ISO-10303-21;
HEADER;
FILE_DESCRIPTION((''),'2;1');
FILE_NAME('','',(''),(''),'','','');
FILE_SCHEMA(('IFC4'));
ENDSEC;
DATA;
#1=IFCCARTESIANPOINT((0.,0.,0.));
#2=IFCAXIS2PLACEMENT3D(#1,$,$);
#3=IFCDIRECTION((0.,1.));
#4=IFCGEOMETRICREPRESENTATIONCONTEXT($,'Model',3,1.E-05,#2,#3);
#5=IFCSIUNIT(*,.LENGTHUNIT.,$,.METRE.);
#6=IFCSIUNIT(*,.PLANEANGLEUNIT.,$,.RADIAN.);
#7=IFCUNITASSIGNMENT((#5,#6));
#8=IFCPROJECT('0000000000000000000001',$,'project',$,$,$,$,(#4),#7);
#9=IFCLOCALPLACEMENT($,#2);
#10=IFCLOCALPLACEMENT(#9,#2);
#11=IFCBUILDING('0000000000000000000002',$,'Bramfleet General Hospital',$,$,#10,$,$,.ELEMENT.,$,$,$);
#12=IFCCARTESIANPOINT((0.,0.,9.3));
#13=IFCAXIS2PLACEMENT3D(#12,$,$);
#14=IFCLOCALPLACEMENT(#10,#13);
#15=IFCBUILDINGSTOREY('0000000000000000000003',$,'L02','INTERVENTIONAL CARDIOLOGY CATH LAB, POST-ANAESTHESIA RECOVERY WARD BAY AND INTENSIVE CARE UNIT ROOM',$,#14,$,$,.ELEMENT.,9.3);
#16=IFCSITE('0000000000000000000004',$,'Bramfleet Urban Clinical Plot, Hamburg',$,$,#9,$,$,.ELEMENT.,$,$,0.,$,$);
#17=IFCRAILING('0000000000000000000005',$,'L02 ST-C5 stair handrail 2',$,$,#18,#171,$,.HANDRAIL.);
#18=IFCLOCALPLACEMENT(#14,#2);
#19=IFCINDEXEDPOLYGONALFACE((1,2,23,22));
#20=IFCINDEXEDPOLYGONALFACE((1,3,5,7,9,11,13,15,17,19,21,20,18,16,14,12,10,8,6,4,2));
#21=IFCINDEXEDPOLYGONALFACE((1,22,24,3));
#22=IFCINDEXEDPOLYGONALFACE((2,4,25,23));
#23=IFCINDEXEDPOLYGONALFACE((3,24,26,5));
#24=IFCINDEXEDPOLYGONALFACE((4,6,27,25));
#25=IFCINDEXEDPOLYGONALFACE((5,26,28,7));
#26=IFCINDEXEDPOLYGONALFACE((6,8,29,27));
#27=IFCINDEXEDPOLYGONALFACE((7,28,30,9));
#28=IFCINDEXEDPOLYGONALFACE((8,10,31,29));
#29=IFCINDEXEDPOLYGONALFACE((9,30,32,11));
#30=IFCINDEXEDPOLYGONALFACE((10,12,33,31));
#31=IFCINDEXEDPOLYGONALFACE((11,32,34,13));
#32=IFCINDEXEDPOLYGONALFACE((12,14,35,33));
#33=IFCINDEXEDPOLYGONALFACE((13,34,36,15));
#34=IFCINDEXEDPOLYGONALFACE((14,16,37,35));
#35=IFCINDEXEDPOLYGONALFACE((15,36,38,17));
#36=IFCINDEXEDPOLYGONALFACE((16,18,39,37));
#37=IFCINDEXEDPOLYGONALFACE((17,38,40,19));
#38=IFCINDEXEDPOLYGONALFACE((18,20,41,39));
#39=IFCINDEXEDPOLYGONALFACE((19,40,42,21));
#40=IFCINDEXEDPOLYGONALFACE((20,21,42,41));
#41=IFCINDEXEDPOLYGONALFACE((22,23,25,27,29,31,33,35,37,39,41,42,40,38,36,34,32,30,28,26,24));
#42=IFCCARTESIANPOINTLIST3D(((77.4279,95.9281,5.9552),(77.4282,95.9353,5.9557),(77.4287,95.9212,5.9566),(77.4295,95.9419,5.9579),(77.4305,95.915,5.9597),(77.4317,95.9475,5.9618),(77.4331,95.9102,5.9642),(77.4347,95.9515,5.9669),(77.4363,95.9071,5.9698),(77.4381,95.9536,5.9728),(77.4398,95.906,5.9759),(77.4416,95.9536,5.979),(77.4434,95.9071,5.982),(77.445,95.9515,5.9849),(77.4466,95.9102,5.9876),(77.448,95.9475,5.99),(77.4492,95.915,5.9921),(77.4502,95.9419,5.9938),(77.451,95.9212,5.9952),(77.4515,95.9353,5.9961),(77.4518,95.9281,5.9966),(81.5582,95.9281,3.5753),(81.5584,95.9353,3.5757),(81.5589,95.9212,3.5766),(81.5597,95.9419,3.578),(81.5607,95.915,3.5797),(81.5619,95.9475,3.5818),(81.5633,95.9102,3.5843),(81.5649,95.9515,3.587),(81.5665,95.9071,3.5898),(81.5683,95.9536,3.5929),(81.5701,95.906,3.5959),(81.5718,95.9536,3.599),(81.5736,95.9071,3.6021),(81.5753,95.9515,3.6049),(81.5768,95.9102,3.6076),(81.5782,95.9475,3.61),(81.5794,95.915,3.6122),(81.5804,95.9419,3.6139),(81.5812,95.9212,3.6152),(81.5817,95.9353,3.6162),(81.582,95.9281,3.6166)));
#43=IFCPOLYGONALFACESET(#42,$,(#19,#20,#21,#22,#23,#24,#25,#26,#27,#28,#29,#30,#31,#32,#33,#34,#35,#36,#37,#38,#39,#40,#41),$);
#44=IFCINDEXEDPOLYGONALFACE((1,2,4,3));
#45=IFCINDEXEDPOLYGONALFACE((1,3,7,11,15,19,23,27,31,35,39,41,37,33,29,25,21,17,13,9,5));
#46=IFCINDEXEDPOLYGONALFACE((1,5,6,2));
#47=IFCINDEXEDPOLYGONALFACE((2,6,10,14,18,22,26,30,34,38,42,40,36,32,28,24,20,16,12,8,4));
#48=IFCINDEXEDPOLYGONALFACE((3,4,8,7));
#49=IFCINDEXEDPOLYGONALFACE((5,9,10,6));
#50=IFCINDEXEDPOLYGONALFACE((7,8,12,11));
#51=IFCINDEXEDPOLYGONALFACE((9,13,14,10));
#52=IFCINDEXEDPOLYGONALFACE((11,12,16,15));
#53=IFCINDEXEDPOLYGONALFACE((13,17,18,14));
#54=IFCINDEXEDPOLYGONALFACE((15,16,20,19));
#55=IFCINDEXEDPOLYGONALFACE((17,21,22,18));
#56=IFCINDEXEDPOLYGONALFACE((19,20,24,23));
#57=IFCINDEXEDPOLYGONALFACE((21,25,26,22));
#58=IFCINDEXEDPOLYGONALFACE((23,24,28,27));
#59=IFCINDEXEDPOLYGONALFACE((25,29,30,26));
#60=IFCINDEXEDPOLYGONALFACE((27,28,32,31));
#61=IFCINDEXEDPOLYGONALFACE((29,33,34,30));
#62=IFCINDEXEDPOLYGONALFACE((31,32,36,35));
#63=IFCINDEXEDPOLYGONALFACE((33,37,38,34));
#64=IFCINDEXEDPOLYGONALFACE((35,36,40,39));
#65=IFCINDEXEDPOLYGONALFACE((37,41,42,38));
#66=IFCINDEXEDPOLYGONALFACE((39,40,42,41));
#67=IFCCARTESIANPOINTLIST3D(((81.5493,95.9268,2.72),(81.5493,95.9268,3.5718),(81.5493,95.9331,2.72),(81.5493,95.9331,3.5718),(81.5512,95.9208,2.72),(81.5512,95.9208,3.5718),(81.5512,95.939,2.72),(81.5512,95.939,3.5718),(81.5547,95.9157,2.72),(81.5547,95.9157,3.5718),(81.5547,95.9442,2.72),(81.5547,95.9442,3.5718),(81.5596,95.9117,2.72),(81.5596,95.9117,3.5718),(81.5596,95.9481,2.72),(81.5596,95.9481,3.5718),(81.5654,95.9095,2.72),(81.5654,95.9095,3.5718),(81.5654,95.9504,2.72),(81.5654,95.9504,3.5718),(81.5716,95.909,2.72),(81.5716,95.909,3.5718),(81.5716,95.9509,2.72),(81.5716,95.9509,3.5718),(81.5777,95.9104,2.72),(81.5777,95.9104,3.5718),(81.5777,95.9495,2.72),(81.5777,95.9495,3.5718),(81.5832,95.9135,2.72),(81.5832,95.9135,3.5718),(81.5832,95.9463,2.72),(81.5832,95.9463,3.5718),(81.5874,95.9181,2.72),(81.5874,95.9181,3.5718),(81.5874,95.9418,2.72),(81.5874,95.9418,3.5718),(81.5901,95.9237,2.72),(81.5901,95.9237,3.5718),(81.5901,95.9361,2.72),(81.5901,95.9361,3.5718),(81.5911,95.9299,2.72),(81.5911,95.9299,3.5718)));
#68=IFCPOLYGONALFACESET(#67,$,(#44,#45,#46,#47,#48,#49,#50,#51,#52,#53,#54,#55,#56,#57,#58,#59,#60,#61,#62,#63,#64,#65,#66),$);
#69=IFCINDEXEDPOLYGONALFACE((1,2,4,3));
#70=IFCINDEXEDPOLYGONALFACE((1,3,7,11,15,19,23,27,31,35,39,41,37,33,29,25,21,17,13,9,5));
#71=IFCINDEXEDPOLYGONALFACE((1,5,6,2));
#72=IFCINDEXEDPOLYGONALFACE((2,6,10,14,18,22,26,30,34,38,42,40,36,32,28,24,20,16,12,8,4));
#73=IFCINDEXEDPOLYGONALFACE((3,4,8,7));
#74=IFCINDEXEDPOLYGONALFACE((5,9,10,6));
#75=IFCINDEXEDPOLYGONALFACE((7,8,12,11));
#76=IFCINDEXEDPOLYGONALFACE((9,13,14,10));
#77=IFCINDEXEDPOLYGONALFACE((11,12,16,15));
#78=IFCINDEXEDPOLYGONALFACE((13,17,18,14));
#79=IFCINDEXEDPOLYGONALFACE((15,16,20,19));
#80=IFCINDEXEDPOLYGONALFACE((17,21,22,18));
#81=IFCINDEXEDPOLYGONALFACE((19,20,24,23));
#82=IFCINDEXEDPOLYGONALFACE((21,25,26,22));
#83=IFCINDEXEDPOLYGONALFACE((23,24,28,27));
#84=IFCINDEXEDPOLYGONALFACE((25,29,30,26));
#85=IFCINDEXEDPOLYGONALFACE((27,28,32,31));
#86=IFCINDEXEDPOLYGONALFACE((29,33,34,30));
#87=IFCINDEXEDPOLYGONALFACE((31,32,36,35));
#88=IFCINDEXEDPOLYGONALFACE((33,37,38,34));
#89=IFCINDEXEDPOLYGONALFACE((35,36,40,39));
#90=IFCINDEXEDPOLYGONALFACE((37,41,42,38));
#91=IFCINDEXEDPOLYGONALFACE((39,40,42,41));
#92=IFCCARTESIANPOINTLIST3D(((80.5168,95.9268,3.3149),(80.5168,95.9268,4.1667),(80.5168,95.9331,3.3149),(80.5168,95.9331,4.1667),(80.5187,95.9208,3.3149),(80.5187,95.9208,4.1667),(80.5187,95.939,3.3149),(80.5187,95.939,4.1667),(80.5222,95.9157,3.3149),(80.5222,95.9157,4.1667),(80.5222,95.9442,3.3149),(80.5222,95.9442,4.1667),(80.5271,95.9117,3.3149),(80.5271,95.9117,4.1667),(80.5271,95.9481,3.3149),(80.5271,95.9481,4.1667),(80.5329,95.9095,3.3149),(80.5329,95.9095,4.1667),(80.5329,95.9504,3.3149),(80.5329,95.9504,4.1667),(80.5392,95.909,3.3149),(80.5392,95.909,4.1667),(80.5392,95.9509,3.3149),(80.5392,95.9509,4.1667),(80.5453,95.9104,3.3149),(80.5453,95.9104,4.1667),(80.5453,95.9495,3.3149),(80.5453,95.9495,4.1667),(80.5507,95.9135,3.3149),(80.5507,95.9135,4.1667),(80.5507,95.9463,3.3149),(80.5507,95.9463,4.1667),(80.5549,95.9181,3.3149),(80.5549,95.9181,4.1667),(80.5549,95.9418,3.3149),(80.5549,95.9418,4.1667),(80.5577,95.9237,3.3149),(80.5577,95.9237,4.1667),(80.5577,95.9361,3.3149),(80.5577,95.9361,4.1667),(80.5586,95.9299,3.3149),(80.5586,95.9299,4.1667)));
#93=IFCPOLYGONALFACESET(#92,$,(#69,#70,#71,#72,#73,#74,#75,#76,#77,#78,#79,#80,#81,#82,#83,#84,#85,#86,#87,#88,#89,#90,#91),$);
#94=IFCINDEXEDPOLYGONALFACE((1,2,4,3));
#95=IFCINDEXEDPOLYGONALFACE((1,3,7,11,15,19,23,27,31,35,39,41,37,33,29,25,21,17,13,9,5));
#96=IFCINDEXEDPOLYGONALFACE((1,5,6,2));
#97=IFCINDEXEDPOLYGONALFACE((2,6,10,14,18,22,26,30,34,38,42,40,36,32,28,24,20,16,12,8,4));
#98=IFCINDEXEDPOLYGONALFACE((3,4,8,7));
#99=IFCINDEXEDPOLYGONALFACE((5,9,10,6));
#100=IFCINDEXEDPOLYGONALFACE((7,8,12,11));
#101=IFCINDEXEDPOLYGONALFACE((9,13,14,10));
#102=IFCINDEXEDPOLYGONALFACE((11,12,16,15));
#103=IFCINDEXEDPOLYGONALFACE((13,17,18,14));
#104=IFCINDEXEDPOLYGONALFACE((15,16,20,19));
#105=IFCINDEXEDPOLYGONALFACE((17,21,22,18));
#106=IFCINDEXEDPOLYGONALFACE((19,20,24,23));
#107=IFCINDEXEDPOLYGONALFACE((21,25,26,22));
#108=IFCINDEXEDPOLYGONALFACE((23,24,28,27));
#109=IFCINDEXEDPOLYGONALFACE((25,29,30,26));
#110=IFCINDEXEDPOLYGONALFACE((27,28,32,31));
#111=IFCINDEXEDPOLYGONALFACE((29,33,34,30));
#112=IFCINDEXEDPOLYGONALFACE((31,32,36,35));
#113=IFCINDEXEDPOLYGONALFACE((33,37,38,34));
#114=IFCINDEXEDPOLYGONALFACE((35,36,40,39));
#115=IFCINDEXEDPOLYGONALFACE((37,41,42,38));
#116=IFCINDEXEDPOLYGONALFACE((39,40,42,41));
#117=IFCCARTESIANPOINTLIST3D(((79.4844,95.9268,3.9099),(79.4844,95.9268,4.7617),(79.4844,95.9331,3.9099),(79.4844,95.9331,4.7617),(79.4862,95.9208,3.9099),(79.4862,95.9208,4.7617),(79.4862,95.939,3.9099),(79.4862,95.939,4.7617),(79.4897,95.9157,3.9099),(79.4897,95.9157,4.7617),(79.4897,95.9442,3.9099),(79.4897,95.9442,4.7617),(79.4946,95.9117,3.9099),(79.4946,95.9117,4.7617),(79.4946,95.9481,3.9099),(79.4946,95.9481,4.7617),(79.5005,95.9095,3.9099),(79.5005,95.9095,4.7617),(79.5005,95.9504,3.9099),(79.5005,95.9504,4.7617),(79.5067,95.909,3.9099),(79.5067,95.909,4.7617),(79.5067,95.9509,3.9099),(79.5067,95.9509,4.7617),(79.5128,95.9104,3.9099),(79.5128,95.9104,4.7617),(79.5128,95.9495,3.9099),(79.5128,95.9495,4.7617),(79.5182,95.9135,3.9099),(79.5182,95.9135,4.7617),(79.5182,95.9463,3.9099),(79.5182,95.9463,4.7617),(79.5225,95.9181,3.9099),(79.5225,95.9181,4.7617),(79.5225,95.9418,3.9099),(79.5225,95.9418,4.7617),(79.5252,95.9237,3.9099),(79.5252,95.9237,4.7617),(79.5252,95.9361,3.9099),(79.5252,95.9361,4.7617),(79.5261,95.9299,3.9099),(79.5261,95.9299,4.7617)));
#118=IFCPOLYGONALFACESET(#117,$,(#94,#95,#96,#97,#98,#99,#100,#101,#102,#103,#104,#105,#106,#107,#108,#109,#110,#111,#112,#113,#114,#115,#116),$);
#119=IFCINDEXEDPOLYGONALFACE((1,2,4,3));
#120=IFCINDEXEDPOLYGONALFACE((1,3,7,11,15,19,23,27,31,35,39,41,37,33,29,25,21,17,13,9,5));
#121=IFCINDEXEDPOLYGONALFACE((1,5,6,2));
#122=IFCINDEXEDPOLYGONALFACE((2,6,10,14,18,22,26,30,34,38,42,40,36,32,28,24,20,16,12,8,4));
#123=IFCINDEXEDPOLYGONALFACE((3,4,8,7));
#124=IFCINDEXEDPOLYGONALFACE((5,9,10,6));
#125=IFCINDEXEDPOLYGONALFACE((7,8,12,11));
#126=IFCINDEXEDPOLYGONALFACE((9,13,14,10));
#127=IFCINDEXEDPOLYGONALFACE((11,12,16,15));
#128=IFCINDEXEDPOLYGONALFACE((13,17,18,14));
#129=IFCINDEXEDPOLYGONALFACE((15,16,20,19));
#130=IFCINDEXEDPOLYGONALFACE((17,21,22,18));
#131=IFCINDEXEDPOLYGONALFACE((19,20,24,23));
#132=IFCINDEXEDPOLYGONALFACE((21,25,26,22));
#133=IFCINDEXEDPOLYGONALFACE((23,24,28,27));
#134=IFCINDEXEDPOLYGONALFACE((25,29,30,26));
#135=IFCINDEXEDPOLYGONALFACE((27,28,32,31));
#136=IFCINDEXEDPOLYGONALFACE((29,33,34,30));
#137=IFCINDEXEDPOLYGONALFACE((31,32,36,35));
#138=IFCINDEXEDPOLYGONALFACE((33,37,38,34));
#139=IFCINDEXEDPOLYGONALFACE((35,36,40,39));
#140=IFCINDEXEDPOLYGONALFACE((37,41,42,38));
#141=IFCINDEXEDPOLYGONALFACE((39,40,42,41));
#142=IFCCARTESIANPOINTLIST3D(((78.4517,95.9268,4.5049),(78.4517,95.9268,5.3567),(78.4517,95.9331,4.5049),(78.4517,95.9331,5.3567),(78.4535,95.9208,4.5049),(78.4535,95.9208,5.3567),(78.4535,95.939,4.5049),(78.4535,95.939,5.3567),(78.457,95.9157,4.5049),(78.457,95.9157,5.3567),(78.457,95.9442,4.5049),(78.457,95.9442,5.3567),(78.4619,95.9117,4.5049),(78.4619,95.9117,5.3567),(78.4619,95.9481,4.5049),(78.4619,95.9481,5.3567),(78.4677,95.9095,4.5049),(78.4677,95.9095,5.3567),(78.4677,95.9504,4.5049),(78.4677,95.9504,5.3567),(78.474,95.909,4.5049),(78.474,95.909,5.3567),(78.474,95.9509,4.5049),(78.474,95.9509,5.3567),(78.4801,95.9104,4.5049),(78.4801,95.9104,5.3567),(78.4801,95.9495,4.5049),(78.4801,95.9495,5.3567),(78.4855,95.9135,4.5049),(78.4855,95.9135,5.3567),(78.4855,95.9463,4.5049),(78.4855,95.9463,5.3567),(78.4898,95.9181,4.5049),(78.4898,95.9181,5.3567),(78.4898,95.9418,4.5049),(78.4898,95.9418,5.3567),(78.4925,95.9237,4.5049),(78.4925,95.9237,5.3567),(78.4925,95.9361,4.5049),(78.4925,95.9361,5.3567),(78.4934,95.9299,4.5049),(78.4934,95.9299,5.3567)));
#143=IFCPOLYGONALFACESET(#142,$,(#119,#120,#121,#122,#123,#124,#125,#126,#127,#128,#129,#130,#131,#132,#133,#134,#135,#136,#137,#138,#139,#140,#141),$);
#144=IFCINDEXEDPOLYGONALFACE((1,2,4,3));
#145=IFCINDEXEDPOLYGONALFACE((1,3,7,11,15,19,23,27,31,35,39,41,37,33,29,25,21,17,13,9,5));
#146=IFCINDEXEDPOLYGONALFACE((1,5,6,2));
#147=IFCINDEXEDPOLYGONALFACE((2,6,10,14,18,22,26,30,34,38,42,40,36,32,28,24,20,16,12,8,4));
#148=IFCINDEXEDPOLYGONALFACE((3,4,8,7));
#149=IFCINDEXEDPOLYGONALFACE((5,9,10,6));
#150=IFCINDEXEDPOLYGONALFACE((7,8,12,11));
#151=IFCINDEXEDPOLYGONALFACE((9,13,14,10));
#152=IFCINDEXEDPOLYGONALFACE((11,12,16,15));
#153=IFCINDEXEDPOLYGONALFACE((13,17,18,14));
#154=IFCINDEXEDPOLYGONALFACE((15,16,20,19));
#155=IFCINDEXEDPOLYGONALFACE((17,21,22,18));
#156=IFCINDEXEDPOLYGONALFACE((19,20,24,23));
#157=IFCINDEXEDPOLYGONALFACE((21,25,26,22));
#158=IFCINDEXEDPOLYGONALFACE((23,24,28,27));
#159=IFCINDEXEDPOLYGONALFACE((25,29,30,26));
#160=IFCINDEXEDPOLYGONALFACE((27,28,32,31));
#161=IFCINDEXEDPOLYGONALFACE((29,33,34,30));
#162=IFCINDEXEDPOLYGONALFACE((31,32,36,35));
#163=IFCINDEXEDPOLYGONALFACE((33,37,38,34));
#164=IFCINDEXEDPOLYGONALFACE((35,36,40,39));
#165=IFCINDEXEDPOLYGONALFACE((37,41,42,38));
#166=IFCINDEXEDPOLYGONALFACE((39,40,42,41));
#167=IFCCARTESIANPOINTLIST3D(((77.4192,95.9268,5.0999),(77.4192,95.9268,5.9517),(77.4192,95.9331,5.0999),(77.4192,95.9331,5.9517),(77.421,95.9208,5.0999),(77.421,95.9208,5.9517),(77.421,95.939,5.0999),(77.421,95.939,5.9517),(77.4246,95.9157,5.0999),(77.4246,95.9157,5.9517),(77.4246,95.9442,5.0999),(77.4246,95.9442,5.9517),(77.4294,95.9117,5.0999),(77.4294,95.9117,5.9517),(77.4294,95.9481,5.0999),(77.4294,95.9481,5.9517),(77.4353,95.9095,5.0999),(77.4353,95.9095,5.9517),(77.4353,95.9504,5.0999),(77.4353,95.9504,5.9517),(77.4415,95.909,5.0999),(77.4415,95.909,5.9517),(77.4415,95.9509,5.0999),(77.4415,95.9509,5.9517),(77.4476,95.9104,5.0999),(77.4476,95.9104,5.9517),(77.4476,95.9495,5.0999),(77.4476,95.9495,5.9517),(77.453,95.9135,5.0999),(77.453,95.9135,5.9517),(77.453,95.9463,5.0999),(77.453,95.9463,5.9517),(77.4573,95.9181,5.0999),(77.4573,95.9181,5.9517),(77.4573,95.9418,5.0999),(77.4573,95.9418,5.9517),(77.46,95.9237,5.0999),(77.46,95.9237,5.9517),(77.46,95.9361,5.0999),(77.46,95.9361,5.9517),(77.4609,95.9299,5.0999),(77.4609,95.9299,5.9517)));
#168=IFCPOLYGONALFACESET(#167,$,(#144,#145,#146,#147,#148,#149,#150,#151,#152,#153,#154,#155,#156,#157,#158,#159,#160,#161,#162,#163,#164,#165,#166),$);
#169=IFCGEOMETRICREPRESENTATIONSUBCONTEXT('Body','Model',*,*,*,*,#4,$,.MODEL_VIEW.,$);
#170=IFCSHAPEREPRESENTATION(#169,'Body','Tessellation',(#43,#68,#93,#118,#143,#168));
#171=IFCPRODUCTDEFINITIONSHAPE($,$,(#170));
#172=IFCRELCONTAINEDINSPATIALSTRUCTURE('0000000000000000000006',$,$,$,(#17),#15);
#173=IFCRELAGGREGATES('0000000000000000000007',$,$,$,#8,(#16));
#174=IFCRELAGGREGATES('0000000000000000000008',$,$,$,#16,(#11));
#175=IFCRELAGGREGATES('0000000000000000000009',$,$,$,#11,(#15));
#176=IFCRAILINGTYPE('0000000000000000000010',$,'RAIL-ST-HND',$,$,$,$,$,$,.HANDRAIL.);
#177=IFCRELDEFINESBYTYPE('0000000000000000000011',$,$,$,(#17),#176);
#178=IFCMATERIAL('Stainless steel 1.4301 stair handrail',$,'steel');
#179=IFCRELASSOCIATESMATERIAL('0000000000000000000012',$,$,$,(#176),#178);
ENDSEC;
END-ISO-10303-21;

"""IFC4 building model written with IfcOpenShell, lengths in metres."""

from ifc_helpers import new_model, si_unit, direction, frame, origin, origin_2d, place, context, subcontext, project, spatial, circle, extrude, material, type_object, element, save


model = new_model("IFC4")

# Units and contexts
model_context = context("Model", 3, precision=1e-05, world=origin(), true_north=direction((0.0, 1.0)))
body_context = subcontext(model_context, "Body", "Model", "MODEL_VIEW")
ifc_project = project(units=[si_unit("LENGTHUNIT", "METRE"), si_unit("PLANEANGLEUNIT", "RADIAN")], contexts=[model_context])

# Site, building, storey
site_placement = place(None, origin())
site = spatial("IfcSite", under=ifc_project, at=site_placement, Name="Bramfleet Urban Clinical Plot, Hamburg", CompositionType="ELEMENT", RefElevation=0.0)
building_placement = place(site_placement, origin())
building = spatial("IfcBuilding", under=site, at=building_placement, Name="Bramfleet General Hospital", CompositionType="ELEMENT")
storey_placement = place(building_placement, frame((0.0, 0.0, 9.3)))
storey = spatial("IfcBuildingStorey", under=building, at=storey_placement, Name="L02", Description="INTERVENTIONAL CARDIOLOGY CATH LAB, POST-ANAESTHESIA RECOVERY WARD BAY AND INTENSIVE CARE UNIT ROOM", CompositionType="ELEMENT", Elevation=9.3)

# Railing
ifc_material_1 = material(Name="Stainless steel 1.4301 stair handrail", Category="steel")
railing_type_1 = type_object("IfcRailingType", Name="RAIL-ST-HND", PredefinedType="HANDRAIL", material=ifc_material_1)
railing_1_placement = place(storey_placement, frame((81.5701, 95.9299, 2.72)))
element("IfcRailing", 1, at=railing_1_placement, inside=storey, type_object=railing_type_1, Name="L02 ST-C5 stair handrail 2", PredefinedType="HANDRAIL", context=body_context, shape_type="SweptSolid", body=[
    extrude(circle(Radius=0.0239, at=origin_2d()), frame((0.0, 0.0, 0.876), z_axis=(-0.866447, 0.0, 0.499269), x_axis=(0.0, -1.0, 0.0)), (0.0, 0.0, 1.0), 4.7668),
    extrude(circle(Radius=0.021, at=origin_2d()), origin(), (0.0, 0.0, 1.0), 0.8518),
    extrude(circle(Radius=0.021, at=origin_2d()), frame((-1.0325, 0.0, 0.595)), (0.0, 0.0, 1.0), 0.8518),
    extrude(circle(Radius=0.021, at=origin_2d()), frame((-2.0649, 0.0, 1.1899)), (0.0, 0.0, 1.0), 0.8518),
    extrude(circle(Radius=0.021, at=origin_2d()), frame((-3.0977, 0.0, 1.7849)), (0.0, 0.0, 1.0), 0.8518),
    extrude(circle(Radius=0.021, at=origin_2d()), frame((-4.1301, 0.0, 2.3799)), (0.0, 0.0, 1.0), 0.8518),
])

save(model, "model.ifc")
